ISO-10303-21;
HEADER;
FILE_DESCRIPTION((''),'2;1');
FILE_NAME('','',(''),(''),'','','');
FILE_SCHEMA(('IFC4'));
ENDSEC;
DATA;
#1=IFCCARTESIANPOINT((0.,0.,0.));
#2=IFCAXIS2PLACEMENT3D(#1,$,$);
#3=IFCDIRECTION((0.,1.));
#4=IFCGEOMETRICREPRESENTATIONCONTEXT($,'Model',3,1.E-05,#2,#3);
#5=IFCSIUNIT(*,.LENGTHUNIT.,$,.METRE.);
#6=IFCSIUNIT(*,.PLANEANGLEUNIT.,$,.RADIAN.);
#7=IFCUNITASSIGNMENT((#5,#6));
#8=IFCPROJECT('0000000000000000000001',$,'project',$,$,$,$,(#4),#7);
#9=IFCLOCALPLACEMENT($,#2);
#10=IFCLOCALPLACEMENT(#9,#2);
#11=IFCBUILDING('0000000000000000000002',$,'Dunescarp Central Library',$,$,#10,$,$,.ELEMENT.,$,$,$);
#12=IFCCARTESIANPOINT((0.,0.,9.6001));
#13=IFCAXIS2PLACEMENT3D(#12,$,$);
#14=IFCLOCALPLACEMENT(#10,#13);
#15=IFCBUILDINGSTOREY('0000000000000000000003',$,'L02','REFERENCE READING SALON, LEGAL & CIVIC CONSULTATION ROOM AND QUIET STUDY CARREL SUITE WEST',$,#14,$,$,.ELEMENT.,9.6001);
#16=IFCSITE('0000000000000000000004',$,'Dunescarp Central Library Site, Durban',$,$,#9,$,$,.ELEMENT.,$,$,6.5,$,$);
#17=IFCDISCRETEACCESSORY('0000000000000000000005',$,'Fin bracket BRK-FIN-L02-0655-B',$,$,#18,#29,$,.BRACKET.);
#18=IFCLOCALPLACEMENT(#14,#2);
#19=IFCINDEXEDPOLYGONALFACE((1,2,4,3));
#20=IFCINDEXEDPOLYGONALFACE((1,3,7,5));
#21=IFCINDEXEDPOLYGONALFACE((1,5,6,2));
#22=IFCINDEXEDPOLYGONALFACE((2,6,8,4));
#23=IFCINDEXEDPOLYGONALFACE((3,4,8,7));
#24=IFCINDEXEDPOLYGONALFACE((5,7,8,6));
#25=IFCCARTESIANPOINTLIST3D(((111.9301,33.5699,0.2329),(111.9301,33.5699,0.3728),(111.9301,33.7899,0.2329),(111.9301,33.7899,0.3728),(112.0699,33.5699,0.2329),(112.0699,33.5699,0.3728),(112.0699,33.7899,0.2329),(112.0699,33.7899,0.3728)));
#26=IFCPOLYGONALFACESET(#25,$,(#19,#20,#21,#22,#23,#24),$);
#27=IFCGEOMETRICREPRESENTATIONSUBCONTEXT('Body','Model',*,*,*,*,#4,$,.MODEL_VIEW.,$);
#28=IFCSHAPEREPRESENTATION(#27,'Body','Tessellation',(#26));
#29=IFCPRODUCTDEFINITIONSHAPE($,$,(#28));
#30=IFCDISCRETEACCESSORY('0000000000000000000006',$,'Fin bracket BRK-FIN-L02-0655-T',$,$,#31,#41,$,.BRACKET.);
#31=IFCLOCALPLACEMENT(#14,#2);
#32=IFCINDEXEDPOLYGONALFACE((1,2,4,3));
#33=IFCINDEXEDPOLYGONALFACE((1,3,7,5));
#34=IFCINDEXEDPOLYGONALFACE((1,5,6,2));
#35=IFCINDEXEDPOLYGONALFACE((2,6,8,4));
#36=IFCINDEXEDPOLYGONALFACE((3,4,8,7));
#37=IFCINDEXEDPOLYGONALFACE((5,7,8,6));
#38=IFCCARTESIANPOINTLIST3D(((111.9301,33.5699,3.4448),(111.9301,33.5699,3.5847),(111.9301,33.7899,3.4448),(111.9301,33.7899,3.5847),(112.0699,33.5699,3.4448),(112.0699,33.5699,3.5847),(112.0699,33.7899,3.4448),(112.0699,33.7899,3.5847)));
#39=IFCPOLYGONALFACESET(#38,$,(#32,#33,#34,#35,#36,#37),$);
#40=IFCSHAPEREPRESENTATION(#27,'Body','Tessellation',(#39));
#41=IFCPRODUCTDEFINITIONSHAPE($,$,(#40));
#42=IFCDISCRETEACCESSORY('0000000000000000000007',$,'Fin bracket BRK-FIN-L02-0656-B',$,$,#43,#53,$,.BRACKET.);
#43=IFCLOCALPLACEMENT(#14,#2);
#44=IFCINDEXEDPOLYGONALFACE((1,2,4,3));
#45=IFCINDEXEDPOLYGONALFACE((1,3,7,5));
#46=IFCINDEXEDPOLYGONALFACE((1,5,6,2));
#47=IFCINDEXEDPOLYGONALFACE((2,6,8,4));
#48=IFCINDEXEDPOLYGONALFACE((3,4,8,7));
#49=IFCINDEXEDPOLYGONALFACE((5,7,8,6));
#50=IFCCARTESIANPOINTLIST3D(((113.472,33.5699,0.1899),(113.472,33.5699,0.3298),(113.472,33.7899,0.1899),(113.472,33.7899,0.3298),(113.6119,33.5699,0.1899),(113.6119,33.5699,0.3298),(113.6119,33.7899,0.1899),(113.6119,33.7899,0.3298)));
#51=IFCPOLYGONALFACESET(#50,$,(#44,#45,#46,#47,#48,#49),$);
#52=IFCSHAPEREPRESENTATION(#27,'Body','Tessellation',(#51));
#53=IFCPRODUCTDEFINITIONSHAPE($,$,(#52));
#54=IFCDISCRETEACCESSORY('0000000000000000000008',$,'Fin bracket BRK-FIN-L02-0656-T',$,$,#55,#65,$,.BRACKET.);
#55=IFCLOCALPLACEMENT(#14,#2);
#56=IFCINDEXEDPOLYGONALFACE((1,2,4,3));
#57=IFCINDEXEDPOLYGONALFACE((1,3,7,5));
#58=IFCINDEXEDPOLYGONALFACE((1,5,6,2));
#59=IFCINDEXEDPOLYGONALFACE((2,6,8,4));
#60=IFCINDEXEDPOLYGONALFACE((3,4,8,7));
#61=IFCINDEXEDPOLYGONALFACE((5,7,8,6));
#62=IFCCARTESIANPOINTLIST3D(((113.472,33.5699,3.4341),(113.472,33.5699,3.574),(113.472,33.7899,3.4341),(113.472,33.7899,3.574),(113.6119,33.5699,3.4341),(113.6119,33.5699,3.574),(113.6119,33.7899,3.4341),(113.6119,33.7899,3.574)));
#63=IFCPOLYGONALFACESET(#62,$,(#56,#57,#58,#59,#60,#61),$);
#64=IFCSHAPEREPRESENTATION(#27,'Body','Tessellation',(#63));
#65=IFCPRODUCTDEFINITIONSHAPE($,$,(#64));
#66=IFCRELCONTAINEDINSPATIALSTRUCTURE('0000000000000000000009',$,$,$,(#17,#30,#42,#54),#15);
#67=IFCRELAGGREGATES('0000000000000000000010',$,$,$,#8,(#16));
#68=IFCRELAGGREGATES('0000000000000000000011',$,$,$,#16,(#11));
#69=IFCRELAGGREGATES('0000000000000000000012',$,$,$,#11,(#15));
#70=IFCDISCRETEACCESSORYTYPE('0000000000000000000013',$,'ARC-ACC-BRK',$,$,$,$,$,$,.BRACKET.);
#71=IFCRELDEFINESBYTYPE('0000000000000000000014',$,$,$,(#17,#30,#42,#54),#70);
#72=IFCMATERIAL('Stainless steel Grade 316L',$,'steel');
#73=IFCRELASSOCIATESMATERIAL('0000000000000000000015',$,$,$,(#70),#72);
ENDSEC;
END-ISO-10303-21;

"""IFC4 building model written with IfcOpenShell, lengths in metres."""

from ifc_helpers import new_model, si_unit, direction, frame, origin, origin_2d, place, context, subcontext, project, spatial, rectangle, extrude, material, type_object, element, save


model = new_model("IFC4")

# Units and contexts
model_context = context("Model", 3, precision=1e-05, world=origin(), true_north=direction((0.0, 1.0)))
body_context = subcontext(model_context, "Body", "Model", "MODEL_VIEW")
ifc_project = project(units=[si_unit("LENGTHUNIT", "METRE"), si_unit("PLANEANGLEUNIT", "RADIAN")], contexts=[model_context])

# Site, building, storey
site_placement = place(None, origin())
site = spatial("IfcSite", under=ifc_project, at=site_placement, Name="Dunescarp Central Library Site, Durban", CompositionType="ELEMENT", RefElevation=6.5)
building_placement = place(site_placement, origin())
building = spatial("IfcBuilding", under=site, at=building_placement, Name="Dunescarp Central Library", CompositionType="ELEMENT")
storey_placement = place(building_placement, frame((0.0, 0.0, 9.6001)))
storey = spatial("IfcBuildingStorey", under=building, at=storey_placement, Name="L02", Description="REFERENCE READING SALON, LEGAL & CIVIC CONSULTATION ROOM AND QUIET STUDY CARREL SUITE WEST", CompositionType="ELEMENT", Elevation=9.6001)

# Discrete accessories
ifc_material_1 = material(Name="Stainless steel Grade 316L", Category="steel")
discrete_accessory_type = type_object("IfcDiscreteAccessoryType", Name="ARC-ACC-BRK", PredefinedType="BRACKET", material=ifc_material_1)
for number, where, z_axis, x_axis, name in (
    (1, (112.0, 33.6799, 0.2329), (0.0, 0.0, 1.0), (0.0, 1.0, 0.0), "Fin bracket BRK-FIN-L02-0655-B"),
    (2, (112.0, 33.6799, 3.4448), (0.0, 0.0, 1.0), (0.0, 1.0, 0.0), "Fin bracket BRK-FIN-L02-0655-T"),
    (3, (113.542, 33.6799, 0.1899), (0.0, 0.0, 1.0), (0.0, 1.0, 0.0), "Fin bracket BRK-FIN-L02-0656-B"),
    (4, (113.542, 33.6799, 3.4341), (0.0, 0.0, 1.0), (0.0, 1.0, 0.0), "Fin bracket BRK-FIN-L02-0656-T"),
):
    element("IfcDiscreteAccessory", number, at=place(storey_placement, frame(where, z_axis=z_axis, x_axis=x_axis)), inside=storey, type_object=discrete_accessory_type, Name=name, PredefinedType="BRACKET", context=body_context, shape_type="SweptSolid", body=[
        extrude(rectangle(XDim=0.22, YDim=0.1399, at=origin_2d()), origin(), (0.0, 0.0, 1.0), 0.1399),
    ])

save(model, "model.ifc")
